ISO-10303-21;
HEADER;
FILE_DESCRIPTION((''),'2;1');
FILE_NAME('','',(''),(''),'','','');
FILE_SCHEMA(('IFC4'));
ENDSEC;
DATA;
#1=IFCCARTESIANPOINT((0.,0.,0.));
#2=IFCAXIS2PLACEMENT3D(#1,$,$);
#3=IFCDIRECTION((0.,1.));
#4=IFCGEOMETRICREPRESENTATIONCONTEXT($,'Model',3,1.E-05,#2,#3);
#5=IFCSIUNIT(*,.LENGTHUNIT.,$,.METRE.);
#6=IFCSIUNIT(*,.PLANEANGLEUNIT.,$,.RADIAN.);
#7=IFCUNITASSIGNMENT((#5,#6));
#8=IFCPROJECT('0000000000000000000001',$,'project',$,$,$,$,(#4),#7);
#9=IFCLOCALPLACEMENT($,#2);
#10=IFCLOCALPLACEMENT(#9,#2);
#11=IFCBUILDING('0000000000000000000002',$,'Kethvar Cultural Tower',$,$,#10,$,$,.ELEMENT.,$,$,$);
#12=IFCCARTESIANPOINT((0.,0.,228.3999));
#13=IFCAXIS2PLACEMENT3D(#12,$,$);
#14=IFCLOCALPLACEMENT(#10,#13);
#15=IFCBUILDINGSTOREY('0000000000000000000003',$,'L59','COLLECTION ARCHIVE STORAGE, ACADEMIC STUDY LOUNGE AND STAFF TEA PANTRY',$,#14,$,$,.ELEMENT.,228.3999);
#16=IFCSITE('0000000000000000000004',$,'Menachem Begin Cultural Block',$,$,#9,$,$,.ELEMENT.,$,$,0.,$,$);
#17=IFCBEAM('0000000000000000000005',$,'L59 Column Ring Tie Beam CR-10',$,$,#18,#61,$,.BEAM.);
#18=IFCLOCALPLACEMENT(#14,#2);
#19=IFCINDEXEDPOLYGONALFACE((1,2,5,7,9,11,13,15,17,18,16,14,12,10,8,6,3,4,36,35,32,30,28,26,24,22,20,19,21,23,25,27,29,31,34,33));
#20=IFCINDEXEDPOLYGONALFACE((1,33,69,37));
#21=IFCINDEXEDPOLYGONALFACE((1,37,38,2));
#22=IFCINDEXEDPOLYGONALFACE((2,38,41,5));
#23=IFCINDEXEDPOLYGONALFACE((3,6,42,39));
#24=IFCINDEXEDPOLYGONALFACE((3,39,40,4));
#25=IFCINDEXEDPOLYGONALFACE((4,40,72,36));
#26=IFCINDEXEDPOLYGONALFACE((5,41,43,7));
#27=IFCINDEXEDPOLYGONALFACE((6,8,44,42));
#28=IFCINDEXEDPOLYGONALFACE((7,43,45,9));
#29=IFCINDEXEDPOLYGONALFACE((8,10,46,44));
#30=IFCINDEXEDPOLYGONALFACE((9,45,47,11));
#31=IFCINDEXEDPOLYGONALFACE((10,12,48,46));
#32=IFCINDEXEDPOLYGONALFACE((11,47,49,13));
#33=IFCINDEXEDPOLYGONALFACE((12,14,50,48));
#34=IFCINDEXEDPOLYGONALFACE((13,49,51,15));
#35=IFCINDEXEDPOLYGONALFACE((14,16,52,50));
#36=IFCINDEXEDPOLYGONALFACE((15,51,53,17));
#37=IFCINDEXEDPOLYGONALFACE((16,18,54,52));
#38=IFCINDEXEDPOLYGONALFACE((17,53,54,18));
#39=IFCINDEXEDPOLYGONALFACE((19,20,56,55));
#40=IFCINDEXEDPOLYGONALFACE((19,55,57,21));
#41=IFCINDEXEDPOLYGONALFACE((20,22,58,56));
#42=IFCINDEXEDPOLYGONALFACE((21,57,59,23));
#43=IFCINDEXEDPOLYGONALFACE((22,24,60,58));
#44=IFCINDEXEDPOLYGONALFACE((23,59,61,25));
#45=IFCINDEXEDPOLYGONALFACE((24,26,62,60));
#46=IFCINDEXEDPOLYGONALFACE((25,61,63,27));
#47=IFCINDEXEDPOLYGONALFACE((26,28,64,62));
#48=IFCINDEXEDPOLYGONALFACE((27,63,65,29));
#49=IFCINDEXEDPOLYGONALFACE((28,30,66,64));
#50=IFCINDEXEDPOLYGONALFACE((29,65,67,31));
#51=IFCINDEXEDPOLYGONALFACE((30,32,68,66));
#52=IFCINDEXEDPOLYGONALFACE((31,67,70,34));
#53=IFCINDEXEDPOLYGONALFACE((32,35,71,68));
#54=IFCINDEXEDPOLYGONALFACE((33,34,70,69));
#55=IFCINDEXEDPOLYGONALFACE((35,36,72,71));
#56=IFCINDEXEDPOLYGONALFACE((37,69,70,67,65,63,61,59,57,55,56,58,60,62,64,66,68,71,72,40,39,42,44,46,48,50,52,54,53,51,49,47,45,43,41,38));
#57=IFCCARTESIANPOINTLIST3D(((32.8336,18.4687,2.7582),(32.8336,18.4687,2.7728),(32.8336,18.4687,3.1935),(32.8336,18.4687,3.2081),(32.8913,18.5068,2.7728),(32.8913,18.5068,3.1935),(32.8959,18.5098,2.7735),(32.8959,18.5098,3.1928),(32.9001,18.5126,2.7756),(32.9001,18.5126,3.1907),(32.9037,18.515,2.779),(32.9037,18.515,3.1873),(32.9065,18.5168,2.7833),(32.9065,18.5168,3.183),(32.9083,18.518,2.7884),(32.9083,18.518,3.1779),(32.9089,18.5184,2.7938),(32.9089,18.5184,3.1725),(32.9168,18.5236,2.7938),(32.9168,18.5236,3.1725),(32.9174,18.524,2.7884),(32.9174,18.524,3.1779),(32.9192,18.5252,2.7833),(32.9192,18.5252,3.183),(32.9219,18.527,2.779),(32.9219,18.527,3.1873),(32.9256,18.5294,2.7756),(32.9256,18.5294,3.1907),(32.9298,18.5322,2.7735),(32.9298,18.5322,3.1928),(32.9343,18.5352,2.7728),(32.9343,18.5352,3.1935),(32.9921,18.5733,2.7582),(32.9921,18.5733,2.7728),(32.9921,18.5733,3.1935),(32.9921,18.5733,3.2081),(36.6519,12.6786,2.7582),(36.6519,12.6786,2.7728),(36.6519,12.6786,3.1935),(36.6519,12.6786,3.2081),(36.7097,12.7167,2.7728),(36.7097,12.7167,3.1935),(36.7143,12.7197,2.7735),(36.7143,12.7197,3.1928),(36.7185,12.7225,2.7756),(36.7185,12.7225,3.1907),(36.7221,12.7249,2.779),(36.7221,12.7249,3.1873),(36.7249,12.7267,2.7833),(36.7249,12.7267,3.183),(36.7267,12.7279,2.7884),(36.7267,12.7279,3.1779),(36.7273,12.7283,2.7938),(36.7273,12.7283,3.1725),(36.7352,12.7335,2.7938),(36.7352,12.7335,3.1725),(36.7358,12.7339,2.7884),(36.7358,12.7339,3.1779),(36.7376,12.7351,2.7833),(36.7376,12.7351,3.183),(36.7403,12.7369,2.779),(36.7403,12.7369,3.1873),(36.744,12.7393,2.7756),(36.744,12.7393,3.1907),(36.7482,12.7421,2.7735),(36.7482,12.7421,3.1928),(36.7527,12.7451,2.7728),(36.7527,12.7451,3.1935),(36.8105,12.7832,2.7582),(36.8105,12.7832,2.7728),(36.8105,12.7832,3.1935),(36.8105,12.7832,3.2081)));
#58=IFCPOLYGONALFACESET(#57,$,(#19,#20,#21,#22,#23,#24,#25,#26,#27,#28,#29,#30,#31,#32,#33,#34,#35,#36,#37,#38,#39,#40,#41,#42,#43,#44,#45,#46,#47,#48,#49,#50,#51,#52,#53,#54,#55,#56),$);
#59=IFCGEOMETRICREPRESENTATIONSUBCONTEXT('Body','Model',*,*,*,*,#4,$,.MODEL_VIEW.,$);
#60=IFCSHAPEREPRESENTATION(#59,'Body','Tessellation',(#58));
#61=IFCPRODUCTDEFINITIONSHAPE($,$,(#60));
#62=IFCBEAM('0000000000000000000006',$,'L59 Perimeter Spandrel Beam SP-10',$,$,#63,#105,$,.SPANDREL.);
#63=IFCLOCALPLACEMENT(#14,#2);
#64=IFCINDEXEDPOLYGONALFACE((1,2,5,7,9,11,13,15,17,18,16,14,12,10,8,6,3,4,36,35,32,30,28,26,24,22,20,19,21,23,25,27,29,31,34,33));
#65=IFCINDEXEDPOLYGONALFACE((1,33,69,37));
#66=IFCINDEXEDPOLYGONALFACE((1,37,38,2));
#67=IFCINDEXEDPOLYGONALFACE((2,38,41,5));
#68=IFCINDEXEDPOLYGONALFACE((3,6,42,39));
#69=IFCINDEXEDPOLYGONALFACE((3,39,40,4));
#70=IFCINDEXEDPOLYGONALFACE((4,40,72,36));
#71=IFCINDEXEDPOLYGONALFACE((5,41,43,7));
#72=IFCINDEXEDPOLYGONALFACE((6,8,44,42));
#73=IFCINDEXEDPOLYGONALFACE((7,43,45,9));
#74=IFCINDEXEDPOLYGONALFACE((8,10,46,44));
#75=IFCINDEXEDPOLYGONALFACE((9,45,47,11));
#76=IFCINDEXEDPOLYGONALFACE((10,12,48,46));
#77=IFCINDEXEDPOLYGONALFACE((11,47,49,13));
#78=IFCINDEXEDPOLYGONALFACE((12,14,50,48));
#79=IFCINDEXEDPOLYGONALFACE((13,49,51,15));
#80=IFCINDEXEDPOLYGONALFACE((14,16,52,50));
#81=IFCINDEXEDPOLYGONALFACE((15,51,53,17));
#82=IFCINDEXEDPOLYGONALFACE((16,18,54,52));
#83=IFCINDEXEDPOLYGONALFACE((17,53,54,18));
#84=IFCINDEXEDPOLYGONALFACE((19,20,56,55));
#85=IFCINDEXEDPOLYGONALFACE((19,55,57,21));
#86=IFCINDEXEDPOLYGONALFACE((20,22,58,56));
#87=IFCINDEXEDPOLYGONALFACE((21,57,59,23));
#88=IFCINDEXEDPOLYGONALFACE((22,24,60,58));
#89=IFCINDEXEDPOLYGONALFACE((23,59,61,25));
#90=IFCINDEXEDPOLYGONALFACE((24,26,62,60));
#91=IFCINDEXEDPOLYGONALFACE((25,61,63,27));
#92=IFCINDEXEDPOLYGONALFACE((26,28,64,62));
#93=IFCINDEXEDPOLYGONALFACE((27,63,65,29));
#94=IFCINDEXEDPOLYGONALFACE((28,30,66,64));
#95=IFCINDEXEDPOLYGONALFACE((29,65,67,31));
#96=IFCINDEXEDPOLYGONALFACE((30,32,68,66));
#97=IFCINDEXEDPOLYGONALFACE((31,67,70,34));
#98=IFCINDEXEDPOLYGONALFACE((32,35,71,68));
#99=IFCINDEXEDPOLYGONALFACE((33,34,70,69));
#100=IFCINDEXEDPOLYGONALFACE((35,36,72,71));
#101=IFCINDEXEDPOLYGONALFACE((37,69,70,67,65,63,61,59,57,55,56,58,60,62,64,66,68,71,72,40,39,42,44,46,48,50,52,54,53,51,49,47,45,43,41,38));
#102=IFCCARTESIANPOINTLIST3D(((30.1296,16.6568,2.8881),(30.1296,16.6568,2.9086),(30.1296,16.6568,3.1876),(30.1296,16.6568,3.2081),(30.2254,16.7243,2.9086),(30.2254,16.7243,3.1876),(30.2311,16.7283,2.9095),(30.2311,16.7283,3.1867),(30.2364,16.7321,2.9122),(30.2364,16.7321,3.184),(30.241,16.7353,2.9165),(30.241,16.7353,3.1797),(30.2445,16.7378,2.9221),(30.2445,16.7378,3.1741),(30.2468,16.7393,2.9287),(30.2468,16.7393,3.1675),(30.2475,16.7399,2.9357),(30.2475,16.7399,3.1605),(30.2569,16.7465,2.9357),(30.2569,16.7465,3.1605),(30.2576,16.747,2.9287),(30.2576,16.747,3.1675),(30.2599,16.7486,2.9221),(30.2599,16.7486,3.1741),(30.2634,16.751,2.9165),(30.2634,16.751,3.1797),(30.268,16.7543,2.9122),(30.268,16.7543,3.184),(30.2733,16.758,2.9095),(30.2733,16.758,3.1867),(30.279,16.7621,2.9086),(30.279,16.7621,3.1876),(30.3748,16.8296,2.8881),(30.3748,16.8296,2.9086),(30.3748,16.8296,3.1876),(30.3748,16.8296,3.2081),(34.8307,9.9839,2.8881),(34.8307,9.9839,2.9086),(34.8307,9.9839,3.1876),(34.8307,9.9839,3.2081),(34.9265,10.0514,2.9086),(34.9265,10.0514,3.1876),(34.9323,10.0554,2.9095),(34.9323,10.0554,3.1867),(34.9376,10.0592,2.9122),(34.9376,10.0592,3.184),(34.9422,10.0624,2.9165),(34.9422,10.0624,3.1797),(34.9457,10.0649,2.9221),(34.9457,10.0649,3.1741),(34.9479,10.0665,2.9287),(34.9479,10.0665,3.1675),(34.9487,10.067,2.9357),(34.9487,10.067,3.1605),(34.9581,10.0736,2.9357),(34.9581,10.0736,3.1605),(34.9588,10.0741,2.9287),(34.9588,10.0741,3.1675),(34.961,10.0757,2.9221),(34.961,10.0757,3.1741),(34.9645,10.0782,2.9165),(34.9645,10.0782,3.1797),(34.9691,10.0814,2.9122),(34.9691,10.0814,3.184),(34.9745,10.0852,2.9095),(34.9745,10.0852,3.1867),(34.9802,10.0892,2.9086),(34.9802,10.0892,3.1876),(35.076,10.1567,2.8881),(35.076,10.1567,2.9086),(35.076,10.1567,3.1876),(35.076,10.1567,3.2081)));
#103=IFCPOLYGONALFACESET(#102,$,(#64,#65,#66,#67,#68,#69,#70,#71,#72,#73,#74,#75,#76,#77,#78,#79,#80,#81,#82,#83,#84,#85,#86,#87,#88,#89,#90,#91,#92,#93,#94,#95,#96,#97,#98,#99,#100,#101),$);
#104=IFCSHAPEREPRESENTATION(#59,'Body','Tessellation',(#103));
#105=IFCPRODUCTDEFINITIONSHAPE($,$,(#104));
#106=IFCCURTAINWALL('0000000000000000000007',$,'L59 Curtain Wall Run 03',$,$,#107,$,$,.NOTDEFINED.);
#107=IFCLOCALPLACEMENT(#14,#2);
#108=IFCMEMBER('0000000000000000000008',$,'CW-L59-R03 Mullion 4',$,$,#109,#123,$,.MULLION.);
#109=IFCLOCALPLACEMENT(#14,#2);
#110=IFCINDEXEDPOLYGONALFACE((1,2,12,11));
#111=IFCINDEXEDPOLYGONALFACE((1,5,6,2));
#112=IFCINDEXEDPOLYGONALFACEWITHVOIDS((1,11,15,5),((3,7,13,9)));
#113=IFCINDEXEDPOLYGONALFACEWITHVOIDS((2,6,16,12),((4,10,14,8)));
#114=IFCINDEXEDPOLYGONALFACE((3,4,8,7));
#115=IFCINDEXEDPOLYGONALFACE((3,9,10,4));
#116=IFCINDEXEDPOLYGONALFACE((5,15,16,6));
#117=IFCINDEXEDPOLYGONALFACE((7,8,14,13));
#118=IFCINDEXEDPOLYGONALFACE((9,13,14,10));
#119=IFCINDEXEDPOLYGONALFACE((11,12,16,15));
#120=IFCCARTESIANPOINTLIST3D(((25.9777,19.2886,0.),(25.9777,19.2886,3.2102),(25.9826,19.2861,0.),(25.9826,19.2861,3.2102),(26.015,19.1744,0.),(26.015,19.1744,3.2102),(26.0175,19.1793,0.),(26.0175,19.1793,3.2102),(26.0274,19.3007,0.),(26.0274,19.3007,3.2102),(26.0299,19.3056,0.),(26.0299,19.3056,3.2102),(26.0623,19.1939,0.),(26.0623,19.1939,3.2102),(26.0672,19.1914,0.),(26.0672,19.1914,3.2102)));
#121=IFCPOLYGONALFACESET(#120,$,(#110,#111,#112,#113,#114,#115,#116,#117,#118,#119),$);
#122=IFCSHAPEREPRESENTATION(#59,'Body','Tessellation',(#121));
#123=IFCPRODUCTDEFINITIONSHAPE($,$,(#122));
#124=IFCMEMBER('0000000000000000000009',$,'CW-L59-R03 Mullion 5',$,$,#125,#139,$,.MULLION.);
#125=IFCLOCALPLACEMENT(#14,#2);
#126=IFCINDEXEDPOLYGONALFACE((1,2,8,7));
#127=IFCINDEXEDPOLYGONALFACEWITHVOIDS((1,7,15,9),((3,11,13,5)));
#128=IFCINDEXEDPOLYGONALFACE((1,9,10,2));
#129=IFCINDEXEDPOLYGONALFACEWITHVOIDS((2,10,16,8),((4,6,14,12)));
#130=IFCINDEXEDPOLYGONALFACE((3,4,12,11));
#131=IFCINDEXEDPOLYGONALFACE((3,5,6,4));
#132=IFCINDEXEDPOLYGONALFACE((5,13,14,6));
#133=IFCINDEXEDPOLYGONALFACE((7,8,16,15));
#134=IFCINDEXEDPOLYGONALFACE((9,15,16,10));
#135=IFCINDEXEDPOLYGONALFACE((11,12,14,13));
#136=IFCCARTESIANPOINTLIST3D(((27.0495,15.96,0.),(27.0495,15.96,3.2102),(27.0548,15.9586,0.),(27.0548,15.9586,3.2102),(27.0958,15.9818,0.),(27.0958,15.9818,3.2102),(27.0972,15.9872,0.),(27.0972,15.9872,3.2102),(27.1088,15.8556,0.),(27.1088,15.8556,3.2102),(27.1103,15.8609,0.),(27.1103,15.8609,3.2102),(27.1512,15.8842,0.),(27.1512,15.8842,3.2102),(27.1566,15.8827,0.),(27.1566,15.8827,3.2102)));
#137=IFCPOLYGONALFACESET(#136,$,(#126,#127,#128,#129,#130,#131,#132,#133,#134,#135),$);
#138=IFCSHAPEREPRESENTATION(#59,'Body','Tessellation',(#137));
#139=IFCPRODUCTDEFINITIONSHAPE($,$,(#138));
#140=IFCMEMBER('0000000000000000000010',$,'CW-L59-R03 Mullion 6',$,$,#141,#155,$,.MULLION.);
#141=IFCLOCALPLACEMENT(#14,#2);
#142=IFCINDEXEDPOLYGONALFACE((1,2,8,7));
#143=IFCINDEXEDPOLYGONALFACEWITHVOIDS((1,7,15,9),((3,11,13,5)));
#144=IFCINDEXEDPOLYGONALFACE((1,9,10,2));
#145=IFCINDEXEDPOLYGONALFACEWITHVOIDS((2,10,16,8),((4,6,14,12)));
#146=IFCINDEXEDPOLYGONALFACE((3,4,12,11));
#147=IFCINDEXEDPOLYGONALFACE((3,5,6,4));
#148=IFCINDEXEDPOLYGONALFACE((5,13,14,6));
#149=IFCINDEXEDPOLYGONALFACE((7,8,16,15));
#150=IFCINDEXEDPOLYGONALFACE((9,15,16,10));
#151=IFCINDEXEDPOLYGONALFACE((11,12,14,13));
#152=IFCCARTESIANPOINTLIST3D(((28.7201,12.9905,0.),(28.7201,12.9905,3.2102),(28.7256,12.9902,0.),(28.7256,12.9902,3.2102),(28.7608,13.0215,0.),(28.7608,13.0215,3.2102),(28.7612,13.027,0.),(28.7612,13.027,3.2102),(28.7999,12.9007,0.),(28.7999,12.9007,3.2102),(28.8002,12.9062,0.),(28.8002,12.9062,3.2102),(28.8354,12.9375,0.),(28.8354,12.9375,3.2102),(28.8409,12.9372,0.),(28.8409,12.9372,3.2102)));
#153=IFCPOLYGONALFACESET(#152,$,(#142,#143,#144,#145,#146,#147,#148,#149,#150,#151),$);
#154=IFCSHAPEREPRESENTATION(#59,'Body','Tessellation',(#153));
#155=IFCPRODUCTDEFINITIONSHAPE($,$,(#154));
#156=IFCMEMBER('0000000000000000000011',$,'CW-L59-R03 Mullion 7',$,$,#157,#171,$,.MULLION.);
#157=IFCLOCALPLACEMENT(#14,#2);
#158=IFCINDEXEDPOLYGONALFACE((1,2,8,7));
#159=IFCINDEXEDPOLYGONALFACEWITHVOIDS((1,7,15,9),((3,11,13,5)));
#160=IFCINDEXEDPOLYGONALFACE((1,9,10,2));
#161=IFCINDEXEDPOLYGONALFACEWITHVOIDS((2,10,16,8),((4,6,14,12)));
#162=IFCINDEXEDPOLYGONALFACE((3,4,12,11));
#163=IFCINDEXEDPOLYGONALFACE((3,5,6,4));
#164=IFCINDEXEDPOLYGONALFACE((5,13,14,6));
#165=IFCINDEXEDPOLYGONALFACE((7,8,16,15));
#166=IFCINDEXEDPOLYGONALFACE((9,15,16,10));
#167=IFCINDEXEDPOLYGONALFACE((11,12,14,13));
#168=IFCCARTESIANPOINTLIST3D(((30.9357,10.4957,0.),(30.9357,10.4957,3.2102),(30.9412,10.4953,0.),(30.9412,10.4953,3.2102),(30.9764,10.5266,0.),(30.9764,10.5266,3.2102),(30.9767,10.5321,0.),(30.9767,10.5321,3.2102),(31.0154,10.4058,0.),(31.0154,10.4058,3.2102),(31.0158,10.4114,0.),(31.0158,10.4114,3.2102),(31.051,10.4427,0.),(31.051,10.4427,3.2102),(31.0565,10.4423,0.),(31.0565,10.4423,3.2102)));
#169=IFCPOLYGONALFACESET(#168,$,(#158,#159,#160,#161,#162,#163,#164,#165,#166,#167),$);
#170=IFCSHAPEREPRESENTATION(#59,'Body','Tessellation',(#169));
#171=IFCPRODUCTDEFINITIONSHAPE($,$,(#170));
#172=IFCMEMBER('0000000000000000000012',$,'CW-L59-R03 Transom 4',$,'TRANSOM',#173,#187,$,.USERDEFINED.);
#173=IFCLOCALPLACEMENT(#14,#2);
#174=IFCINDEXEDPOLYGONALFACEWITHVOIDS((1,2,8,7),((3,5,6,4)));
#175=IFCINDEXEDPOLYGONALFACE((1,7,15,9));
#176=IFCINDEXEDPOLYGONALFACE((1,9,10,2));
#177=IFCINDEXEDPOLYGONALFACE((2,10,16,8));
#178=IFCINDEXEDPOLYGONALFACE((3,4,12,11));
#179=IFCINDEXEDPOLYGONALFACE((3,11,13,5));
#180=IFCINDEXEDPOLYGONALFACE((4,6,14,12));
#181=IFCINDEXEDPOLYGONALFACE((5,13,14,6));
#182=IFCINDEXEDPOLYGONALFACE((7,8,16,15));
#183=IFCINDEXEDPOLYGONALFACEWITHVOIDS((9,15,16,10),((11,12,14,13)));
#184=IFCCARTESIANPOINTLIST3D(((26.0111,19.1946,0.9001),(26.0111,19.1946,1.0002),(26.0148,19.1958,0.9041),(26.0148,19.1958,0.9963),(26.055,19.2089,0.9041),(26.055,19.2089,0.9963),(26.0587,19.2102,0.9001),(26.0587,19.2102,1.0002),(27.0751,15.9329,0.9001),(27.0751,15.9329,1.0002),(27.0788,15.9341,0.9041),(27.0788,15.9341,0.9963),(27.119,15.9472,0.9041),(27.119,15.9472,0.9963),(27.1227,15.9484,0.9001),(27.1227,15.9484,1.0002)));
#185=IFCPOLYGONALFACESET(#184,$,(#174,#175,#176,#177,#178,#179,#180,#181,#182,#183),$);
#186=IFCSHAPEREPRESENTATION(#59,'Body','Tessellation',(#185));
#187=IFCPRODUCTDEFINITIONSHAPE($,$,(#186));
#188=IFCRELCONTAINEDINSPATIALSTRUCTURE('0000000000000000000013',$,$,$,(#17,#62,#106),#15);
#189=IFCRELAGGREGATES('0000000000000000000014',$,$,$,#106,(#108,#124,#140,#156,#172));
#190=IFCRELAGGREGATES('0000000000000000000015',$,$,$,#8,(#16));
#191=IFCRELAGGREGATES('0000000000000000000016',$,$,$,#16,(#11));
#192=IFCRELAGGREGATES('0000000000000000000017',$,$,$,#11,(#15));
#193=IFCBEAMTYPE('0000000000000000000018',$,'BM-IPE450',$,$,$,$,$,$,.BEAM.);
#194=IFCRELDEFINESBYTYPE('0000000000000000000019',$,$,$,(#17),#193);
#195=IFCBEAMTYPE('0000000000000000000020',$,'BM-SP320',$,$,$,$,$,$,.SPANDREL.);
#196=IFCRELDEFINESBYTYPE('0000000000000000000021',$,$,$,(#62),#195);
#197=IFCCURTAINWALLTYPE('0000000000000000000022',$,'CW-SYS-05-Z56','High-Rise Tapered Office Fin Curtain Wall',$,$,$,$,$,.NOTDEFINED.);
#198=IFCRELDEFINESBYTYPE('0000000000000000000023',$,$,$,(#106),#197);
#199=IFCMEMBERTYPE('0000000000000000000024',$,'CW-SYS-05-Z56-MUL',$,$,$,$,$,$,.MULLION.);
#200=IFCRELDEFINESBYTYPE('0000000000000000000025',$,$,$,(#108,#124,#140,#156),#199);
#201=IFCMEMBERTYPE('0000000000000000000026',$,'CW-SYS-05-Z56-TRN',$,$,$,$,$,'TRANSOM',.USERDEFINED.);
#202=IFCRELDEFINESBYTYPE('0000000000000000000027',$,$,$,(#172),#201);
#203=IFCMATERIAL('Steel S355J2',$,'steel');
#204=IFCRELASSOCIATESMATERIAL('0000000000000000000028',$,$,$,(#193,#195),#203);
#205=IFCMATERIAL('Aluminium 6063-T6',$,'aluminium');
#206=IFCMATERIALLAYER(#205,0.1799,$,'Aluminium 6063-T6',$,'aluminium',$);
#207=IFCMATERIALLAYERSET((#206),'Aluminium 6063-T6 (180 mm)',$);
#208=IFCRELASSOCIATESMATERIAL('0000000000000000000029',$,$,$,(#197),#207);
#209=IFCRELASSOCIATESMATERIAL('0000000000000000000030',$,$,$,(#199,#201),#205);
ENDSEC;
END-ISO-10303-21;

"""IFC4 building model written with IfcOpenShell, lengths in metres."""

from ifc_helpers import new_model, si_unit, direction, frame, origin, origin_2d, place, context, subcontext, project, spatial, hollow_rectangle, i_section, extrude, source, transform, mapped, material, layer, layer_set, material_profile, profile_set, type_object, element, aggregate, save


model = new_model("IFC4")

# Units and contexts
model_context = context("Model", 3, precision=1e-05, world=origin(), true_north=direction((0.0, 1.0)))
body_context = subcontext(model_context, "Body", "Model", "MODEL_VIEW")
ifc_project = project(units=[si_unit("LENGTHUNIT", "METRE"), si_unit("PLANEANGLEUNIT", "RADIAN")], contexts=[model_context])

# Site, building, storey
site_placement = place(None, origin())
site = spatial("IfcSite", under=ifc_project, at=site_placement, Name="Menachem Begin Cultural Block", CompositionType="ELEMENT", RefElevation=0.0)
building_placement = place(site_placement, origin())
building = spatial("IfcBuilding", under=site, at=building_placement, Name="Kethvar Cultural Tower", CompositionType="ELEMENT")
storey_placement = place(building_placement, frame((0.0, 0.0, 228.3999)))
storey = spatial("IfcBuildingStorey", under=building, at=storey_placement, Name="L59", Description="COLLECTION ARCHIVE STORAGE, ACADEMIC STUDY LOUNGE AND STAFF TEA PANTRY", CompositionType="ELEMENT", Elevation=228.3999)

# Beams
ifc_material_1 = material(Name="Steel S355J2", Category="steel")
ifc_material_profile_1 = material_profile(ifc_material_1, i_section(OverallWidth=0.1899, OverallDepth=0.45, WebThickness=0.0095, FlangeThickness=0.0146, FilletRadius=0.021, at=origin_2d()), Name="Steel S355J2 — IPE450")
ifc_profile_set_1 = profile_set([ifc_material_profile_1], Name="Steel S355J2 — IPE450")
beam_type_1 = type_object("IfcBeamType", Name="BM-IPE450", PredefinedType="BEAM", material=ifc_profile_set_1)
ifc_material_profile_2 = material_profile(ifc_material_1, i_section(OverallWidth=0.3, OverallDepth=0.3201, WebThickness=0.0115, FlangeThickness=0.0205, FilletRadius=0.0271, at=origin_2d()), Name="Steel S355J2 — HEB320")
ifc_profile_set_2 = profile_set([ifc_material_profile_2], Name="Steel S355J2 — HEB320")
beam_type_2 = type_object("IfcBeamType", Name="BM-SP320", PredefinedType="SPANDREL", material=ifc_profile_set_2)
shared_shape_1 = source(origin(), body_context, "Body", "SweptSolid", [
    extrude(i_section(OverallWidth=0.1899, OverallDepth=0.45, WebThickness=0.0095, FlangeThickness=0.0146, FilletRadius=0.021, at=origin_2d()), origin(), (0.0, 0.0, 1.0), 6.9358),
])
beam_1_placement = place(storey_placement, frame((32.9128, 18.521, 2.9832), z_axis=(0.550534, -0.834813, 0.0), x_axis=(0.834813, 0.550534, 0.0)))
element("IfcBeam", 1, at=beam_1_placement, inside=storey, type_object=beam_type_1, Name="L59 Column Ring Tie Beam CR-10", PredefinedType="BEAM", context=body_context, shape_type="MappedRepresentation", body=[
    mapped(shared_shape_1, transform((0.0, 0.0, 0.0), scale=1.0)),
])
shared_shape_2 = source(origin(), body_context, "Body", "SweptSolid", [
    extrude(i_section(OverallWidth=0.3, OverallDepth=0.3201, WebThickness=0.0115, FlangeThickness=0.0205, FilletRadius=0.0271, at=origin_2d()), origin(), (0.0, 0.0, 1.0), 8.1626),
])
beam_2_placement = place(storey_placement, frame((30.2522, 16.7432, 3.0481), z_axis=(0.575941, -0.817491, 0.0), x_axis=(0.817491, 0.575941, 0.0)))
element("IfcBeam", 2, at=beam_2_placement, inside=storey, type_object=beam_type_2, Name="L59 Perimeter Spandrel Beam SP-10", PredefinedType="SPANDREL", context=body_context, shape_type="MappedRepresentation", body=[
    mapped(shared_shape_2, transform((0.0, 0.0, 0.0), scale=1.0)),
])

# Curtain wall, members
ifc_material_2 = material(Name="Aluminium 6063-T6", Category="aluminium")
ifc_layer_1 = layer(ifc_material_2, 0.1799, Name="Aluminium 6063-T6", Category="aluminium")
ifc_layer_set_1 = layer_set([ifc_layer_1], Name="Aluminium 6063-T6 (180 mm)")
curtain_wall_type = type_object("IfcCurtainWallType", Name="CW-SYS-05-Z56", Description="High-Rise Tapered Office Fin Curtain Wall", PredefinedType="NOTDEFINED", material=ifc_layer_set_1)
curtain_wall_1_placement = place(storey_placement, origin())
curtain_wall_1 = element("IfcCurtainWall", 3, at=curtain_wall_1_placement, inside=storey, type_object=curtain_wall_type, Name="L59 Curtain Wall Run 03", PredefinedType="NOTDEFINED")
ifc_material_profile_3 = material_profile(ifc_material_2, hollow_rectangle(XDim=0.0549, YDim=0.1201, WallThickness=0.0039, at=origin_2d()), Name="Aluminium 6063-T6 — RHS120x55x4")
ifc_profile_set_3 = profile_set([ifc_material_profile_3], Name="Aluminium 6063-T6 — RHS120x55x4")
member_type_1 = type_object("IfcMemberType", Name="CW-SYS-05-Z56-MUL", PredefinedType="MULLION", material=ifc_profile_set_3)
shared_shape_3 = source(origin(), body_context, "Body", "SweptSolid", [
    extrude(hollow_rectangle(XDim=0.0549, YDim=0.1201, WallThickness=0.0039, at=origin_2d()), origin(), (0.0, 0.0, 1.0), 3.2102),
])
member_1_placement = place(storey_placement, frame((26.0225, 19.24, 0.0), z_axis=(0.0, 0.0, 1.0), x_axis=(0.950689, 0.310146, 0.0)))
member_1 = element("IfcMember", 4, at=member_1_placement, type_object=member_type_1, Name="CW-L59-R03 Mullion 4", PredefinedType="MULLION", context=body_context, shape_type="MappedRepresentation", body=[
    mapped(shared_shape_3, transform((0.0, 0.0, 0.0), scale=1.0)),
])
member_2_placement = place(storey_placement, frame((27.103, 15.9214, 0.0), z_axis=(0.0, 0.0, 1.0), x_axis=(0.869504, 0.493927, 0.0)))
member_2 = element("IfcMember", 5, at=member_2_placement, type_object=member_type_1, Name="CW-L59-R03 Mullion 5", PredefinedType="MULLION", context=body_context, shape_type="MappedRepresentation", body=[
    mapped(shared_shape_3, transform((0.0, 0.0, 0.0), scale=1.0)),
])
member_3_placement = place(storey_placement, frame((28.7805, 12.9639, 0.0), z_axis=(0.0, 0.0, 1.0), x_axis=(0.747705, 0.664031, 0.0)))
member_3 = element("IfcMember", 6, at=member_3_placement, type_object=member_type_1, Name="CW-L59-R03 Mullion 6", PredefinedType="MULLION", context=body_context, shape_type="MappedRepresentation", body=[
    mapped(shared_shape_3, transform((0.0, 0.0, 0.0), scale=1.0)),
])
member_4_placement = place(storey_placement, frame((30.9961, 10.469, 0.0), z_axis=(0.0, 0.0, 1.0), x_axis=(0.747705, 0.664031, 0.0)))
member_4 = element("IfcMember", 7, at=member_4_placement, type_object=member_type_1, Name="CW-L59-R03 Mullion 7", PredefinedType="MULLION", context=body_context, shape_type="MappedRepresentation", body=[
    mapped(shared_shape_3, transform((0.0, 0.0, 0.0), scale=1.0)),
])
ifc_material_profile_4 = material_profile(ifc_material_2, hollow_rectangle(XDim=0.05, YDim=0.1001, WallThickness=0.0039, at=origin_2d()), Name="Aluminium 6063-T6 — RHS100x50x4")
ifc_profile_set_4 = profile_set([ifc_material_profile_4], Name="Aluminium 6063-T6 — RHS100x50x4")
member_type_2 = type_object("IfcMemberType", Name="CW-SYS-05-Z56-TRN", ElementType="TRANSOM", PredefinedType="USERDEFINED", material=ifc_profile_set_4)
shared_shape_4 = source(origin(), body_context, "Body", "SweptSolid", [
    extrude(hollow_rectangle(XDim=0.05, YDim=0.1001, WallThickness=0.0039, at=origin_2d()), origin(), (0.0, 0.0, 1.0), 3.4309),
])
member_5_placement = place(storey_placement, frame((26.0349, 19.2024, 0.9502), z_axis=(0.310116, -0.950699, 0.0), x_axis=(0.950699, 0.310116, 0.0)))
member_5 = element("IfcMember", 8, at=member_5_placement, type_object=member_type_2, Name="CW-L59-R03 Transom 4", ObjectType="TRANSOM", PredefinedType="USERDEFINED", context=body_context, shape_type="MappedRepresentation", body=[
    mapped(shared_shape_4, transform((0.0, 0.0, 0.0), scale=1.0)),
])

aggregate(curtain_wall_1, [member_1, member_2, member_3, member_4, member_5])

save(model, "model.ifc")
